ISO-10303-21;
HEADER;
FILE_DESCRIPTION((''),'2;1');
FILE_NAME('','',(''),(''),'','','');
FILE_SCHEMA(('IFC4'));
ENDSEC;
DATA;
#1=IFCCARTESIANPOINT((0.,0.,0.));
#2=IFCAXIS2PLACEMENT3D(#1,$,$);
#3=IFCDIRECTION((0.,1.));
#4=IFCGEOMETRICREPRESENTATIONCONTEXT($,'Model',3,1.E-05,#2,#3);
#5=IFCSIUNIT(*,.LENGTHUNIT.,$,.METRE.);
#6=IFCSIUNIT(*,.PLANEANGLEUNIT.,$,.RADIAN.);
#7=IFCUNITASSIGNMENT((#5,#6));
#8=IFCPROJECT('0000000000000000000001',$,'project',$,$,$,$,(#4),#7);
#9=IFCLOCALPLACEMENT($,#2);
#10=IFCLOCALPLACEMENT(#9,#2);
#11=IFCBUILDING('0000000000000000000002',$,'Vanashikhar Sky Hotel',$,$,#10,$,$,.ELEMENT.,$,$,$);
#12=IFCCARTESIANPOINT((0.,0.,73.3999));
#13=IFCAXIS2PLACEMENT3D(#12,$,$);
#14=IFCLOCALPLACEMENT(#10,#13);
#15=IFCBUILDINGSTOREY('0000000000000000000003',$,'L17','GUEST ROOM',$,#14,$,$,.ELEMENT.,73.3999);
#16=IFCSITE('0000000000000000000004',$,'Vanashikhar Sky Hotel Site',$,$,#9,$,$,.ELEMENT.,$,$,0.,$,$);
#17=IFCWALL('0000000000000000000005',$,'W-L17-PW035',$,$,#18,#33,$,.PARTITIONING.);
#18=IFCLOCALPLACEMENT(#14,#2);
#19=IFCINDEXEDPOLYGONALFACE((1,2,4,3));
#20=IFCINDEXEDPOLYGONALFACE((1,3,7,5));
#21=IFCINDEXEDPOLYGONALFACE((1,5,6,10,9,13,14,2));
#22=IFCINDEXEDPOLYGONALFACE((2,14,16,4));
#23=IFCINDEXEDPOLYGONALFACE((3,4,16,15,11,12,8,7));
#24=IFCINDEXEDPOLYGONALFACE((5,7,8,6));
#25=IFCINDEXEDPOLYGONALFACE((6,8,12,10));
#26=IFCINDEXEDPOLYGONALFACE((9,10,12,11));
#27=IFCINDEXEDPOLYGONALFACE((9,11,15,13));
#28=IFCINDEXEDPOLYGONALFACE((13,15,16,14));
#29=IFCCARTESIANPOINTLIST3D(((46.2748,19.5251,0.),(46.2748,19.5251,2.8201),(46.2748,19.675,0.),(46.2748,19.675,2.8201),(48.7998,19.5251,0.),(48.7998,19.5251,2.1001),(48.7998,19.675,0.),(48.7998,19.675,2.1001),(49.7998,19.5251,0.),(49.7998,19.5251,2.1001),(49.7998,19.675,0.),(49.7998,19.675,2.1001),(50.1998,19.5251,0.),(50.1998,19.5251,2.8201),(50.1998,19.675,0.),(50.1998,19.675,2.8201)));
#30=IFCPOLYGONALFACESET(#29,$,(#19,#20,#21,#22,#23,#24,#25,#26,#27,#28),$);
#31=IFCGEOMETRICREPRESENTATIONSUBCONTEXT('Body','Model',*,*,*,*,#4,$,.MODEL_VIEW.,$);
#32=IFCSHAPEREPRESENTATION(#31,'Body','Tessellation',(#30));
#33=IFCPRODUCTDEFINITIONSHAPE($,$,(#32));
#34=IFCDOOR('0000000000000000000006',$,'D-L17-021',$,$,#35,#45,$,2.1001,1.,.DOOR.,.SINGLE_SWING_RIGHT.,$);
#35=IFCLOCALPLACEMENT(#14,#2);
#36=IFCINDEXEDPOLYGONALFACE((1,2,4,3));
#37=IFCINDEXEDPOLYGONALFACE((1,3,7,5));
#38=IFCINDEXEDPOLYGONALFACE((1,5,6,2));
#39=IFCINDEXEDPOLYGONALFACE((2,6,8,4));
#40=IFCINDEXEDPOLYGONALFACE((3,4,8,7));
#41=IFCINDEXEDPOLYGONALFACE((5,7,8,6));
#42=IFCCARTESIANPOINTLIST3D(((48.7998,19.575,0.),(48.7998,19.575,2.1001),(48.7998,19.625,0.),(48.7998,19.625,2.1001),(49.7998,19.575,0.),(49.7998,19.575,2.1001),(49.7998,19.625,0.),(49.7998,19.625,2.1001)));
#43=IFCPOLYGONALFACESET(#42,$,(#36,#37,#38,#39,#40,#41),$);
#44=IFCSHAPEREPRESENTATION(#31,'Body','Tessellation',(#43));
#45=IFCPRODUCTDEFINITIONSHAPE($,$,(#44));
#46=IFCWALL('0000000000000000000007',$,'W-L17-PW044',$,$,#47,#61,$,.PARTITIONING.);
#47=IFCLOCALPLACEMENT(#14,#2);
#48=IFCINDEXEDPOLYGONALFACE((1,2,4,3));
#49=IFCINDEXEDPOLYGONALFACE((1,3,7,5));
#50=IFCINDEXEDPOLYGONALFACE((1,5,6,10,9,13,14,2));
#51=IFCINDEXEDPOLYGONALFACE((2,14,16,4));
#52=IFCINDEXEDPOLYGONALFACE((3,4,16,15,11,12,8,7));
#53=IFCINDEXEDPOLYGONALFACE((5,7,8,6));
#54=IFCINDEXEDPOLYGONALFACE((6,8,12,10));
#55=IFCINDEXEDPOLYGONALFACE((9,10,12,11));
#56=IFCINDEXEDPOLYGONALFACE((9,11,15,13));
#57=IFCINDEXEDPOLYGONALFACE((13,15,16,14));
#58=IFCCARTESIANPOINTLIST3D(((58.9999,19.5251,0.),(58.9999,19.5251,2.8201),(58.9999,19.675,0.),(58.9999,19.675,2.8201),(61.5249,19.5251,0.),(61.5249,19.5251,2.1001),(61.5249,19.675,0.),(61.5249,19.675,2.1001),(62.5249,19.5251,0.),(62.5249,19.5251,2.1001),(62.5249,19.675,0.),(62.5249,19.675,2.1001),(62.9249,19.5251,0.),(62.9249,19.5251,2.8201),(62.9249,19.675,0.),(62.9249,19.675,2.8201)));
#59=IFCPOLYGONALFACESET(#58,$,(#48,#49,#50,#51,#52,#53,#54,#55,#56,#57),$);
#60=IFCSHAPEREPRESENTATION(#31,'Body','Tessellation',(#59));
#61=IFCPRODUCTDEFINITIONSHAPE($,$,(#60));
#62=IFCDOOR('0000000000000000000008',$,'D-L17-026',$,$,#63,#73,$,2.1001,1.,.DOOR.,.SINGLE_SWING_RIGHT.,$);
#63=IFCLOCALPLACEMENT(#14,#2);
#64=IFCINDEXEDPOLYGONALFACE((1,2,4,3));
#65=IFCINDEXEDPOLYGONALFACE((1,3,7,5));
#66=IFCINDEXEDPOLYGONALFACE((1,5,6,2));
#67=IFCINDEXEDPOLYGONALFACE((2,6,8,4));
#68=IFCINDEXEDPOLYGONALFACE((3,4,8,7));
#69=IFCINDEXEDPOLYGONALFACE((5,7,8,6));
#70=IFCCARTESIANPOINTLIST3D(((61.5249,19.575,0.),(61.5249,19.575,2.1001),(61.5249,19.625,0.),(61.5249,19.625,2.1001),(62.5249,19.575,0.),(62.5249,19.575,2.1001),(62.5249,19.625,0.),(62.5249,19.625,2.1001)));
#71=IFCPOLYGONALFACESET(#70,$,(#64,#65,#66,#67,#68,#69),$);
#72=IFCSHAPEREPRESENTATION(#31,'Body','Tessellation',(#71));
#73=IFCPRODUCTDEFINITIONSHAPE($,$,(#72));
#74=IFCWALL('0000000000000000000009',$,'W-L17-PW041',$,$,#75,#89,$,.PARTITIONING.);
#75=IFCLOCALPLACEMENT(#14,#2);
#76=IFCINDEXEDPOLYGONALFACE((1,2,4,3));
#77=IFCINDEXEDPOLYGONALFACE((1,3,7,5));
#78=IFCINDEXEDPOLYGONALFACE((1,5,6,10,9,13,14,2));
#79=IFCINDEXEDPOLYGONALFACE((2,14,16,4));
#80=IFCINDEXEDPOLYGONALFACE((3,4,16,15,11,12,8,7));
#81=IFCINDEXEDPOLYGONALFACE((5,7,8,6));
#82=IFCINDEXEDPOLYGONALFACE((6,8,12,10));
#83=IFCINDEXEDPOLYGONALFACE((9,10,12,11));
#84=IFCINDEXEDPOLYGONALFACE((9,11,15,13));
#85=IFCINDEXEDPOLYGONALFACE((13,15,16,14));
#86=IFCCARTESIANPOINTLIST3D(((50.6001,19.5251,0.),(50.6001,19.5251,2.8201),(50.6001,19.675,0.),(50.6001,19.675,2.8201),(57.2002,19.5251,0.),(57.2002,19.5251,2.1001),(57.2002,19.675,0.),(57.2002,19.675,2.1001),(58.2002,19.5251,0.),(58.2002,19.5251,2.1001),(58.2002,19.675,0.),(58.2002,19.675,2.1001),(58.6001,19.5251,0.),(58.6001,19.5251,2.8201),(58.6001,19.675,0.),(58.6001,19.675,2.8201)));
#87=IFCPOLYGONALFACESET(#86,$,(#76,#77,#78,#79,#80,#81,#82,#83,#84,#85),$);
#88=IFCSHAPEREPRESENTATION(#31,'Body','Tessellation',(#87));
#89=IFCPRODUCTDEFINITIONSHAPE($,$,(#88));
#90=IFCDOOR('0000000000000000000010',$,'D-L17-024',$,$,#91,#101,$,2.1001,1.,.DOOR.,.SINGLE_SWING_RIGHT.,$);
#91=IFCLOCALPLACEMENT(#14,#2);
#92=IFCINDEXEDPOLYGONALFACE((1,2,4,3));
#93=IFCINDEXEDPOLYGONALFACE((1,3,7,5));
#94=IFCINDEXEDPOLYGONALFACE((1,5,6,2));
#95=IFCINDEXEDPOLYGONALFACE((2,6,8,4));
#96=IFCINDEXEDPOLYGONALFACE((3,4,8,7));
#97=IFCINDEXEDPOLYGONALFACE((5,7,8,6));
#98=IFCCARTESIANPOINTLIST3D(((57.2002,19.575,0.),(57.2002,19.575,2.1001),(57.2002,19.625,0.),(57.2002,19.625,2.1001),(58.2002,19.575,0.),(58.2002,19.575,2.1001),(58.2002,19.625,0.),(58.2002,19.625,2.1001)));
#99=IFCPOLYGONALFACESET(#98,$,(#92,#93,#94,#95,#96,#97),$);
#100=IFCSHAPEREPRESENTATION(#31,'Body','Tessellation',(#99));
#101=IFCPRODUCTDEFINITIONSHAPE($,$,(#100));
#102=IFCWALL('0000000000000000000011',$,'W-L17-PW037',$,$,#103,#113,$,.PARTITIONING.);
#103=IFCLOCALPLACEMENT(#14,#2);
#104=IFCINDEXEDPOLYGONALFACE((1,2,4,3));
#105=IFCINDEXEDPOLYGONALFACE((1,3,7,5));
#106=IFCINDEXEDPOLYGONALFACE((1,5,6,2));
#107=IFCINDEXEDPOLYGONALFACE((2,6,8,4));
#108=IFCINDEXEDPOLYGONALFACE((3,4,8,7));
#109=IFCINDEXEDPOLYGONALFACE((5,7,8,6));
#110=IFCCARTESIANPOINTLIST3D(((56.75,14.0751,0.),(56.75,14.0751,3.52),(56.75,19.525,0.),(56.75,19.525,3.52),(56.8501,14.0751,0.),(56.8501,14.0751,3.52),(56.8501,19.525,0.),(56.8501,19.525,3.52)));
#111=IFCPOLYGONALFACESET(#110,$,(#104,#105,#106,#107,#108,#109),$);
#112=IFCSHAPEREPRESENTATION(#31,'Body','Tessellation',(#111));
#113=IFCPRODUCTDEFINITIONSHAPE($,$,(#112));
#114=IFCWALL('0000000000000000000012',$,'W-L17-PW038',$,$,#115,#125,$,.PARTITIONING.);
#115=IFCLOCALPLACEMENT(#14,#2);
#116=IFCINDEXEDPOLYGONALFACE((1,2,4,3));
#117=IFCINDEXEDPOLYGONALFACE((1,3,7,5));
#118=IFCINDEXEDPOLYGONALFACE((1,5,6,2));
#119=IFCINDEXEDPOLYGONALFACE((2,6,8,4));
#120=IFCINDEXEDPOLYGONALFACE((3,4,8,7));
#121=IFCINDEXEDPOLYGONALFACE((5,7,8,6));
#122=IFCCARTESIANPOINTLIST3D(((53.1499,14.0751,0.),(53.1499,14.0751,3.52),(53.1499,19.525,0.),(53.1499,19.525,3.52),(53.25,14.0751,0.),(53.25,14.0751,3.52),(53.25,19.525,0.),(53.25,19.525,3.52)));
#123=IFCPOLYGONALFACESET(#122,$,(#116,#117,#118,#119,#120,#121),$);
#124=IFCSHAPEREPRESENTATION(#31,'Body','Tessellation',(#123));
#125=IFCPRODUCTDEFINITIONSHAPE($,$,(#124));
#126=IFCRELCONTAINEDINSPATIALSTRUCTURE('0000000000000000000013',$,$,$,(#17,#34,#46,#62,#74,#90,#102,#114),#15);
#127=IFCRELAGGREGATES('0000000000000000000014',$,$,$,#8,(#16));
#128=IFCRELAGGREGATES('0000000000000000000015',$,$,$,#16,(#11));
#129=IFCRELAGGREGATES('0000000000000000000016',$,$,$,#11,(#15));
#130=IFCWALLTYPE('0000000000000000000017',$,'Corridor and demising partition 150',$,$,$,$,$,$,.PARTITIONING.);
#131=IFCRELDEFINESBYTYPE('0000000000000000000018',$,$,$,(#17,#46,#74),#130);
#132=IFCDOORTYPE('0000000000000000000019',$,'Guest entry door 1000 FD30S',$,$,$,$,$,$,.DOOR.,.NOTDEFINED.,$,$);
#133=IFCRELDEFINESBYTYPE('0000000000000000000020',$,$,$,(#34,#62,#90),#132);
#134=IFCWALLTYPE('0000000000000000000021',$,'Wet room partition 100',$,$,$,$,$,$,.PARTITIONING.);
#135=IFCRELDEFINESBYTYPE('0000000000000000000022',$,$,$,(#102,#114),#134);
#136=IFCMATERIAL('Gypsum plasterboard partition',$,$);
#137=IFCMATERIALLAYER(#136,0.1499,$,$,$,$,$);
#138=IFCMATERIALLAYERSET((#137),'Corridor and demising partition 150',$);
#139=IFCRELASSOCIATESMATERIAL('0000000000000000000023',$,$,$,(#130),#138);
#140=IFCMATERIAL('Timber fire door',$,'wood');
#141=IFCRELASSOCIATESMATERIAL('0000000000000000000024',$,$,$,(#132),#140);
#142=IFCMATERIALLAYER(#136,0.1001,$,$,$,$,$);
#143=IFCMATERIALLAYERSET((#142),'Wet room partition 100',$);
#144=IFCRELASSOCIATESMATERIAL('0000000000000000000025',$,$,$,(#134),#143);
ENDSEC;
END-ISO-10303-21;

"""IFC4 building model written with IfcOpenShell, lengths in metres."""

from ifc_helpers import new_model, si_unit, direction, frame, frame_2d, origin, place, context, subcontext, project, spatial, rectangle, extrude, source, transform, mapped, material, layer, layer_set, type_object, element, fill, save


model = new_model("IFC4")

# Units and contexts
model_context = context("Model", 3, precision=1e-05, world=origin(), true_north=direction((0.0, 1.0)))
body_context = subcontext(model_context, "Body", "Model", "MODEL_VIEW")
ifc_project = project(units=[si_unit("LENGTHUNIT", "METRE"), si_unit("PLANEANGLEUNIT", "RADIAN")], contexts=[model_context])

# Site, building, storey
site_placement = place(None, origin())
site = spatial("IfcSite", under=ifc_project, at=site_placement, Name="Vanashikhar Sky Hotel Site", CompositionType="ELEMENT", RefElevation=0.0)
building_placement = place(site_placement, origin())
building = spatial("IfcBuilding", under=site, at=building_placement, Name="Vanashikhar Sky Hotel", CompositionType="ELEMENT")
storey_placement = place(building_placement, frame((0.0, 0.0, 73.3999)))
storey = spatial("IfcBuildingStorey", under=building, at=storey_placement, Name="L17", Description="GUEST ROOM", CompositionType="ELEMENT", Elevation=73.3999)

# Shared definitions
shared_shape_1 = source(origin(), body_context, "Body", "SweptSolid", [
    extrude(rectangle(XDim=1.0, YDim=2.1001, at=frame_2d((0.5, 1.05))), frame((0.0, 0.0249, 0.0), z_axis=(0.0, -1.0, 0.0), x_axis=(1.0, 0.0, 0.0)), (0.0, 0.0, 1.0), 0.05),
])

# Walls, openings, doors
ifc_material_1 = material(Name="Gypsum plasterboard partition")
ifc_layer_1 = layer(ifc_material_1, 0.1499)
ifc_layer_set_1 = layer_set([ifc_layer_1], Name="Corridor and demising partition 150")
wall_type_1 = type_object("IfcWallType", Name="Corridor and demising partition 150", PredefinedType="PARTITIONING", material=ifc_layer_set_1)
shared_shape_2 = source(origin(), body_context, "Body", "SweptSolid", [
    extrude(rectangle(XDim=3.925, YDim=0.1499, at=frame_2d((1.9624, 0.0))), origin(), (0.0, 0.0, 1.0), 2.8201),
])
shared_shape_3 = source(origin(), body_context, "Body", "SweptSolid", [
    extrude(rectangle(XDim=1.0, YDim=2.1001, at=frame_2d((0.5, 1.05))), frame((0.0, 0.085, 0.0), z_axis=(0.0, -1.0, 0.0), x_axis=(1.0, 0.0, 0.0)), (0.0, 0.0, 1.0), 0.1699),
])
ifc_material_2 = material(Name="Timber fire door", Category="wood")
door_type_1 = type_object("IfcDoorType", Name="Guest entry door 1000 FD30S", OperationType="NOTDEFINED", PredefinedType="DOOR", material=ifc_material_2)
wall_1_placement = place(storey_placement, frame((46.2749, 19.6001, 0.0), z_axis=(0.0, 0.0, 1.0), x_axis=(1.0, 0.0, 0.0)))
wall_1 = element("IfcWall", 1, at=wall_1_placement, inside=storey, type_object=wall_type_1, Name="W-L17-PW035", PredefinedType="PARTITIONING", context=body_context, shape_type="MappedRepresentation", body=[
    mapped(shared_shape_2, transform((0.0, 0.0, 0.0), scale=1.0)),
])
opening_1_placement = place(wall_1_placement, frame((2.5249, 0.0, 0.0)))
opening_1 = element("IfcOpeningElement", 2, at=opening_1_placement, cuts=wall_1, PredefinedType="OPENING", context=body_context, shape_type="MappedRepresentation", body=[
    mapped(shared_shape_3, transform((0.0, 0.0, 0.0), scale=1.0)),
])
door_1_placement = place(opening_1_placement, origin())
door_1 = element("IfcDoor", 3, at=door_1_placement, inside=storey, type_object=door_type_1, Name="D-L17-021", OperationType="SINGLE_SWING_RIGHT", OverallHeight=2.1001, OverallWidth=1.0, PredefinedType="DOOR", context=body_context, shape_type="MappedRepresentation", body=[
    mapped(shared_shape_1, transform((0.0, 0.0, 0.0), scale=1.0)),
])
fill(opening_1, door_1)
wall_2_placement = place(storey_placement, frame((59.0, 19.6001, 0.0), z_axis=(0.0, 0.0, 1.0), x_axis=(1.0, 0.0, 0.0)))
wall_2 = element("IfcWall", 4, at=wall_2_placement, inside=storey, type_object=wall_type_1, Name="W-L17-PW044", PredefinedType="PARTITIONING", context=body_context, shape_type="MappedRepresentation", body=[
    mapped(shared_shape_2, transform((0.0, 0.0, 0.0), scale=1.0)),
])
opening_2_placement = place(wall_2_placement, frame((2.5249, 0.0, 0.0)))
opening_2 = element("IfcOpeningElement", 5, at=opening_2_placement, cuts=wall_2, PredefinedType="OPENING", context=body_context, shape_type="MappedRepresentation", body=[
    mapped(shared_shape_3, transform((0.0, 0.0, 0.0), scale=1.0)),
])
door_2_placement = place(opening_2_placement, origin())
door_2 = element("IfcDoor", 6, at=door_2_placement, inside=storey, type_object=door_type_1, Name="D-L17-026", OperationType="SINGLE_SWING_RIGHT", OverallHeight=2.1001, OverallWidth=1.0, PredefinedType="DOOR", context=body_context, shape_type="MappedRepresentation", body=[
    mapped(shared_shape_1, transform((0.0, 0.0, 0.0), scale=1.0)),
])
fill(opening_2, door_2)
shared_shape_4 = source(origin(), body_context, "Body", "SweptSolid", [
    extrude(rectangle(XDim=8.0, YDim=0.1499, at=frame_2d((4.0, 0.0))), origin(), (0.0, 0.0, 1.0), 2.8201),
])
wall_3_placement = place(storey_placement, frame((50.6001, 19.6001, 0.0), z_axis=(0.0, 0.0, 1.0), x_axis=(1.0, 0.0, 0.0)))
wall_3 = element("IfcWall", 7, at=wall_3_placement, inside=storey, type_object=wall_type_1, Name="W-L17-PW041", PredefinedType="PARTITIONING", context=body_context, shape_type="MappedRepresentation", body=[
    mapped(shared_shape_4, transform((0.0, 0.0, 0.0), scale=1.0)),
])
opening_3_placement = place(wall_3_placement, frame((6.6001, 0.0, 0.0)))
opening_3 = element("IfcOpeningElement", 8, at=opening_3_placement, cuts=wall_3, PredefinedType="OPENING", context=body_context, shape_type="MappedRepresentation", body=[
    mapped(shared_shape_3, transform((0.0, 0.0, 0.0), scale=1.0)),
])
door_3_placement = place(opening_3_placement, origin())
door_3 = element("IfcDoor", 9, at=door_3_placement, inside=storey, type_object=door_type_1, Name="D-L17-024", OperationType="SINGLE_SWING_RIGHT", OverallHeight=2.1001, OverallWidth=1.0, PredefinedType="DOOR", context=body_context, shape_type="MappedRepresentation", body=[
    mapped(shared_shape_1, transform((0.0, 0.0, 0.0), scale=1.0)),
])
fill(opening_3, door_3)

# Walls
ifc_layer_2 = layer(ifc_material_1, 0.1001)
ifc_layer_set_2 = layer_set([ifc_layer_2], Name="Wet room partition 100")
wall_type_2 = type_object("IfcWallType", Name="Wet room partition 100", PredefinedType="PARTITIONING", material=ifc_layer_set_2)
shared_shape_5 = source(origin(), body_context, "Body", "SweptSolid", [
    extrude(rectangle(XDim=5.45, YDim=0.1001, at=frame_2d((2.7251, 0.0))), origin(), (0.0, 0.0, 1.0), 3.52),
])
for number, where, z_axis, x_axis, name in (
    (10, (56.8, 14.075, 0.0), (0.0, 0.0, 1.0), (0.0, 1.0, 0.0), "W-L17-PW037"),
    (11, (53.2, 14.075, 0.0), (0.0, 0.0, 1.0), (0.0, 1.0, 0.0), "W-L17-PW038"),
):
    element("IfcWall", number, at=place(storey_placement, frame(where, z_axis=z_axis, x_axis=x_axis)), inside=storey, type_object=wall_type_2, Name=name, PredefinedType="PARTITIONING", context=body_context, shape_type="MappedRepresentation", body=[
        mapped(shared_shape_5, transform((0.0, 0.0, 0.0), scale=1.0)),
    ])

save(model, "model.ifc")
